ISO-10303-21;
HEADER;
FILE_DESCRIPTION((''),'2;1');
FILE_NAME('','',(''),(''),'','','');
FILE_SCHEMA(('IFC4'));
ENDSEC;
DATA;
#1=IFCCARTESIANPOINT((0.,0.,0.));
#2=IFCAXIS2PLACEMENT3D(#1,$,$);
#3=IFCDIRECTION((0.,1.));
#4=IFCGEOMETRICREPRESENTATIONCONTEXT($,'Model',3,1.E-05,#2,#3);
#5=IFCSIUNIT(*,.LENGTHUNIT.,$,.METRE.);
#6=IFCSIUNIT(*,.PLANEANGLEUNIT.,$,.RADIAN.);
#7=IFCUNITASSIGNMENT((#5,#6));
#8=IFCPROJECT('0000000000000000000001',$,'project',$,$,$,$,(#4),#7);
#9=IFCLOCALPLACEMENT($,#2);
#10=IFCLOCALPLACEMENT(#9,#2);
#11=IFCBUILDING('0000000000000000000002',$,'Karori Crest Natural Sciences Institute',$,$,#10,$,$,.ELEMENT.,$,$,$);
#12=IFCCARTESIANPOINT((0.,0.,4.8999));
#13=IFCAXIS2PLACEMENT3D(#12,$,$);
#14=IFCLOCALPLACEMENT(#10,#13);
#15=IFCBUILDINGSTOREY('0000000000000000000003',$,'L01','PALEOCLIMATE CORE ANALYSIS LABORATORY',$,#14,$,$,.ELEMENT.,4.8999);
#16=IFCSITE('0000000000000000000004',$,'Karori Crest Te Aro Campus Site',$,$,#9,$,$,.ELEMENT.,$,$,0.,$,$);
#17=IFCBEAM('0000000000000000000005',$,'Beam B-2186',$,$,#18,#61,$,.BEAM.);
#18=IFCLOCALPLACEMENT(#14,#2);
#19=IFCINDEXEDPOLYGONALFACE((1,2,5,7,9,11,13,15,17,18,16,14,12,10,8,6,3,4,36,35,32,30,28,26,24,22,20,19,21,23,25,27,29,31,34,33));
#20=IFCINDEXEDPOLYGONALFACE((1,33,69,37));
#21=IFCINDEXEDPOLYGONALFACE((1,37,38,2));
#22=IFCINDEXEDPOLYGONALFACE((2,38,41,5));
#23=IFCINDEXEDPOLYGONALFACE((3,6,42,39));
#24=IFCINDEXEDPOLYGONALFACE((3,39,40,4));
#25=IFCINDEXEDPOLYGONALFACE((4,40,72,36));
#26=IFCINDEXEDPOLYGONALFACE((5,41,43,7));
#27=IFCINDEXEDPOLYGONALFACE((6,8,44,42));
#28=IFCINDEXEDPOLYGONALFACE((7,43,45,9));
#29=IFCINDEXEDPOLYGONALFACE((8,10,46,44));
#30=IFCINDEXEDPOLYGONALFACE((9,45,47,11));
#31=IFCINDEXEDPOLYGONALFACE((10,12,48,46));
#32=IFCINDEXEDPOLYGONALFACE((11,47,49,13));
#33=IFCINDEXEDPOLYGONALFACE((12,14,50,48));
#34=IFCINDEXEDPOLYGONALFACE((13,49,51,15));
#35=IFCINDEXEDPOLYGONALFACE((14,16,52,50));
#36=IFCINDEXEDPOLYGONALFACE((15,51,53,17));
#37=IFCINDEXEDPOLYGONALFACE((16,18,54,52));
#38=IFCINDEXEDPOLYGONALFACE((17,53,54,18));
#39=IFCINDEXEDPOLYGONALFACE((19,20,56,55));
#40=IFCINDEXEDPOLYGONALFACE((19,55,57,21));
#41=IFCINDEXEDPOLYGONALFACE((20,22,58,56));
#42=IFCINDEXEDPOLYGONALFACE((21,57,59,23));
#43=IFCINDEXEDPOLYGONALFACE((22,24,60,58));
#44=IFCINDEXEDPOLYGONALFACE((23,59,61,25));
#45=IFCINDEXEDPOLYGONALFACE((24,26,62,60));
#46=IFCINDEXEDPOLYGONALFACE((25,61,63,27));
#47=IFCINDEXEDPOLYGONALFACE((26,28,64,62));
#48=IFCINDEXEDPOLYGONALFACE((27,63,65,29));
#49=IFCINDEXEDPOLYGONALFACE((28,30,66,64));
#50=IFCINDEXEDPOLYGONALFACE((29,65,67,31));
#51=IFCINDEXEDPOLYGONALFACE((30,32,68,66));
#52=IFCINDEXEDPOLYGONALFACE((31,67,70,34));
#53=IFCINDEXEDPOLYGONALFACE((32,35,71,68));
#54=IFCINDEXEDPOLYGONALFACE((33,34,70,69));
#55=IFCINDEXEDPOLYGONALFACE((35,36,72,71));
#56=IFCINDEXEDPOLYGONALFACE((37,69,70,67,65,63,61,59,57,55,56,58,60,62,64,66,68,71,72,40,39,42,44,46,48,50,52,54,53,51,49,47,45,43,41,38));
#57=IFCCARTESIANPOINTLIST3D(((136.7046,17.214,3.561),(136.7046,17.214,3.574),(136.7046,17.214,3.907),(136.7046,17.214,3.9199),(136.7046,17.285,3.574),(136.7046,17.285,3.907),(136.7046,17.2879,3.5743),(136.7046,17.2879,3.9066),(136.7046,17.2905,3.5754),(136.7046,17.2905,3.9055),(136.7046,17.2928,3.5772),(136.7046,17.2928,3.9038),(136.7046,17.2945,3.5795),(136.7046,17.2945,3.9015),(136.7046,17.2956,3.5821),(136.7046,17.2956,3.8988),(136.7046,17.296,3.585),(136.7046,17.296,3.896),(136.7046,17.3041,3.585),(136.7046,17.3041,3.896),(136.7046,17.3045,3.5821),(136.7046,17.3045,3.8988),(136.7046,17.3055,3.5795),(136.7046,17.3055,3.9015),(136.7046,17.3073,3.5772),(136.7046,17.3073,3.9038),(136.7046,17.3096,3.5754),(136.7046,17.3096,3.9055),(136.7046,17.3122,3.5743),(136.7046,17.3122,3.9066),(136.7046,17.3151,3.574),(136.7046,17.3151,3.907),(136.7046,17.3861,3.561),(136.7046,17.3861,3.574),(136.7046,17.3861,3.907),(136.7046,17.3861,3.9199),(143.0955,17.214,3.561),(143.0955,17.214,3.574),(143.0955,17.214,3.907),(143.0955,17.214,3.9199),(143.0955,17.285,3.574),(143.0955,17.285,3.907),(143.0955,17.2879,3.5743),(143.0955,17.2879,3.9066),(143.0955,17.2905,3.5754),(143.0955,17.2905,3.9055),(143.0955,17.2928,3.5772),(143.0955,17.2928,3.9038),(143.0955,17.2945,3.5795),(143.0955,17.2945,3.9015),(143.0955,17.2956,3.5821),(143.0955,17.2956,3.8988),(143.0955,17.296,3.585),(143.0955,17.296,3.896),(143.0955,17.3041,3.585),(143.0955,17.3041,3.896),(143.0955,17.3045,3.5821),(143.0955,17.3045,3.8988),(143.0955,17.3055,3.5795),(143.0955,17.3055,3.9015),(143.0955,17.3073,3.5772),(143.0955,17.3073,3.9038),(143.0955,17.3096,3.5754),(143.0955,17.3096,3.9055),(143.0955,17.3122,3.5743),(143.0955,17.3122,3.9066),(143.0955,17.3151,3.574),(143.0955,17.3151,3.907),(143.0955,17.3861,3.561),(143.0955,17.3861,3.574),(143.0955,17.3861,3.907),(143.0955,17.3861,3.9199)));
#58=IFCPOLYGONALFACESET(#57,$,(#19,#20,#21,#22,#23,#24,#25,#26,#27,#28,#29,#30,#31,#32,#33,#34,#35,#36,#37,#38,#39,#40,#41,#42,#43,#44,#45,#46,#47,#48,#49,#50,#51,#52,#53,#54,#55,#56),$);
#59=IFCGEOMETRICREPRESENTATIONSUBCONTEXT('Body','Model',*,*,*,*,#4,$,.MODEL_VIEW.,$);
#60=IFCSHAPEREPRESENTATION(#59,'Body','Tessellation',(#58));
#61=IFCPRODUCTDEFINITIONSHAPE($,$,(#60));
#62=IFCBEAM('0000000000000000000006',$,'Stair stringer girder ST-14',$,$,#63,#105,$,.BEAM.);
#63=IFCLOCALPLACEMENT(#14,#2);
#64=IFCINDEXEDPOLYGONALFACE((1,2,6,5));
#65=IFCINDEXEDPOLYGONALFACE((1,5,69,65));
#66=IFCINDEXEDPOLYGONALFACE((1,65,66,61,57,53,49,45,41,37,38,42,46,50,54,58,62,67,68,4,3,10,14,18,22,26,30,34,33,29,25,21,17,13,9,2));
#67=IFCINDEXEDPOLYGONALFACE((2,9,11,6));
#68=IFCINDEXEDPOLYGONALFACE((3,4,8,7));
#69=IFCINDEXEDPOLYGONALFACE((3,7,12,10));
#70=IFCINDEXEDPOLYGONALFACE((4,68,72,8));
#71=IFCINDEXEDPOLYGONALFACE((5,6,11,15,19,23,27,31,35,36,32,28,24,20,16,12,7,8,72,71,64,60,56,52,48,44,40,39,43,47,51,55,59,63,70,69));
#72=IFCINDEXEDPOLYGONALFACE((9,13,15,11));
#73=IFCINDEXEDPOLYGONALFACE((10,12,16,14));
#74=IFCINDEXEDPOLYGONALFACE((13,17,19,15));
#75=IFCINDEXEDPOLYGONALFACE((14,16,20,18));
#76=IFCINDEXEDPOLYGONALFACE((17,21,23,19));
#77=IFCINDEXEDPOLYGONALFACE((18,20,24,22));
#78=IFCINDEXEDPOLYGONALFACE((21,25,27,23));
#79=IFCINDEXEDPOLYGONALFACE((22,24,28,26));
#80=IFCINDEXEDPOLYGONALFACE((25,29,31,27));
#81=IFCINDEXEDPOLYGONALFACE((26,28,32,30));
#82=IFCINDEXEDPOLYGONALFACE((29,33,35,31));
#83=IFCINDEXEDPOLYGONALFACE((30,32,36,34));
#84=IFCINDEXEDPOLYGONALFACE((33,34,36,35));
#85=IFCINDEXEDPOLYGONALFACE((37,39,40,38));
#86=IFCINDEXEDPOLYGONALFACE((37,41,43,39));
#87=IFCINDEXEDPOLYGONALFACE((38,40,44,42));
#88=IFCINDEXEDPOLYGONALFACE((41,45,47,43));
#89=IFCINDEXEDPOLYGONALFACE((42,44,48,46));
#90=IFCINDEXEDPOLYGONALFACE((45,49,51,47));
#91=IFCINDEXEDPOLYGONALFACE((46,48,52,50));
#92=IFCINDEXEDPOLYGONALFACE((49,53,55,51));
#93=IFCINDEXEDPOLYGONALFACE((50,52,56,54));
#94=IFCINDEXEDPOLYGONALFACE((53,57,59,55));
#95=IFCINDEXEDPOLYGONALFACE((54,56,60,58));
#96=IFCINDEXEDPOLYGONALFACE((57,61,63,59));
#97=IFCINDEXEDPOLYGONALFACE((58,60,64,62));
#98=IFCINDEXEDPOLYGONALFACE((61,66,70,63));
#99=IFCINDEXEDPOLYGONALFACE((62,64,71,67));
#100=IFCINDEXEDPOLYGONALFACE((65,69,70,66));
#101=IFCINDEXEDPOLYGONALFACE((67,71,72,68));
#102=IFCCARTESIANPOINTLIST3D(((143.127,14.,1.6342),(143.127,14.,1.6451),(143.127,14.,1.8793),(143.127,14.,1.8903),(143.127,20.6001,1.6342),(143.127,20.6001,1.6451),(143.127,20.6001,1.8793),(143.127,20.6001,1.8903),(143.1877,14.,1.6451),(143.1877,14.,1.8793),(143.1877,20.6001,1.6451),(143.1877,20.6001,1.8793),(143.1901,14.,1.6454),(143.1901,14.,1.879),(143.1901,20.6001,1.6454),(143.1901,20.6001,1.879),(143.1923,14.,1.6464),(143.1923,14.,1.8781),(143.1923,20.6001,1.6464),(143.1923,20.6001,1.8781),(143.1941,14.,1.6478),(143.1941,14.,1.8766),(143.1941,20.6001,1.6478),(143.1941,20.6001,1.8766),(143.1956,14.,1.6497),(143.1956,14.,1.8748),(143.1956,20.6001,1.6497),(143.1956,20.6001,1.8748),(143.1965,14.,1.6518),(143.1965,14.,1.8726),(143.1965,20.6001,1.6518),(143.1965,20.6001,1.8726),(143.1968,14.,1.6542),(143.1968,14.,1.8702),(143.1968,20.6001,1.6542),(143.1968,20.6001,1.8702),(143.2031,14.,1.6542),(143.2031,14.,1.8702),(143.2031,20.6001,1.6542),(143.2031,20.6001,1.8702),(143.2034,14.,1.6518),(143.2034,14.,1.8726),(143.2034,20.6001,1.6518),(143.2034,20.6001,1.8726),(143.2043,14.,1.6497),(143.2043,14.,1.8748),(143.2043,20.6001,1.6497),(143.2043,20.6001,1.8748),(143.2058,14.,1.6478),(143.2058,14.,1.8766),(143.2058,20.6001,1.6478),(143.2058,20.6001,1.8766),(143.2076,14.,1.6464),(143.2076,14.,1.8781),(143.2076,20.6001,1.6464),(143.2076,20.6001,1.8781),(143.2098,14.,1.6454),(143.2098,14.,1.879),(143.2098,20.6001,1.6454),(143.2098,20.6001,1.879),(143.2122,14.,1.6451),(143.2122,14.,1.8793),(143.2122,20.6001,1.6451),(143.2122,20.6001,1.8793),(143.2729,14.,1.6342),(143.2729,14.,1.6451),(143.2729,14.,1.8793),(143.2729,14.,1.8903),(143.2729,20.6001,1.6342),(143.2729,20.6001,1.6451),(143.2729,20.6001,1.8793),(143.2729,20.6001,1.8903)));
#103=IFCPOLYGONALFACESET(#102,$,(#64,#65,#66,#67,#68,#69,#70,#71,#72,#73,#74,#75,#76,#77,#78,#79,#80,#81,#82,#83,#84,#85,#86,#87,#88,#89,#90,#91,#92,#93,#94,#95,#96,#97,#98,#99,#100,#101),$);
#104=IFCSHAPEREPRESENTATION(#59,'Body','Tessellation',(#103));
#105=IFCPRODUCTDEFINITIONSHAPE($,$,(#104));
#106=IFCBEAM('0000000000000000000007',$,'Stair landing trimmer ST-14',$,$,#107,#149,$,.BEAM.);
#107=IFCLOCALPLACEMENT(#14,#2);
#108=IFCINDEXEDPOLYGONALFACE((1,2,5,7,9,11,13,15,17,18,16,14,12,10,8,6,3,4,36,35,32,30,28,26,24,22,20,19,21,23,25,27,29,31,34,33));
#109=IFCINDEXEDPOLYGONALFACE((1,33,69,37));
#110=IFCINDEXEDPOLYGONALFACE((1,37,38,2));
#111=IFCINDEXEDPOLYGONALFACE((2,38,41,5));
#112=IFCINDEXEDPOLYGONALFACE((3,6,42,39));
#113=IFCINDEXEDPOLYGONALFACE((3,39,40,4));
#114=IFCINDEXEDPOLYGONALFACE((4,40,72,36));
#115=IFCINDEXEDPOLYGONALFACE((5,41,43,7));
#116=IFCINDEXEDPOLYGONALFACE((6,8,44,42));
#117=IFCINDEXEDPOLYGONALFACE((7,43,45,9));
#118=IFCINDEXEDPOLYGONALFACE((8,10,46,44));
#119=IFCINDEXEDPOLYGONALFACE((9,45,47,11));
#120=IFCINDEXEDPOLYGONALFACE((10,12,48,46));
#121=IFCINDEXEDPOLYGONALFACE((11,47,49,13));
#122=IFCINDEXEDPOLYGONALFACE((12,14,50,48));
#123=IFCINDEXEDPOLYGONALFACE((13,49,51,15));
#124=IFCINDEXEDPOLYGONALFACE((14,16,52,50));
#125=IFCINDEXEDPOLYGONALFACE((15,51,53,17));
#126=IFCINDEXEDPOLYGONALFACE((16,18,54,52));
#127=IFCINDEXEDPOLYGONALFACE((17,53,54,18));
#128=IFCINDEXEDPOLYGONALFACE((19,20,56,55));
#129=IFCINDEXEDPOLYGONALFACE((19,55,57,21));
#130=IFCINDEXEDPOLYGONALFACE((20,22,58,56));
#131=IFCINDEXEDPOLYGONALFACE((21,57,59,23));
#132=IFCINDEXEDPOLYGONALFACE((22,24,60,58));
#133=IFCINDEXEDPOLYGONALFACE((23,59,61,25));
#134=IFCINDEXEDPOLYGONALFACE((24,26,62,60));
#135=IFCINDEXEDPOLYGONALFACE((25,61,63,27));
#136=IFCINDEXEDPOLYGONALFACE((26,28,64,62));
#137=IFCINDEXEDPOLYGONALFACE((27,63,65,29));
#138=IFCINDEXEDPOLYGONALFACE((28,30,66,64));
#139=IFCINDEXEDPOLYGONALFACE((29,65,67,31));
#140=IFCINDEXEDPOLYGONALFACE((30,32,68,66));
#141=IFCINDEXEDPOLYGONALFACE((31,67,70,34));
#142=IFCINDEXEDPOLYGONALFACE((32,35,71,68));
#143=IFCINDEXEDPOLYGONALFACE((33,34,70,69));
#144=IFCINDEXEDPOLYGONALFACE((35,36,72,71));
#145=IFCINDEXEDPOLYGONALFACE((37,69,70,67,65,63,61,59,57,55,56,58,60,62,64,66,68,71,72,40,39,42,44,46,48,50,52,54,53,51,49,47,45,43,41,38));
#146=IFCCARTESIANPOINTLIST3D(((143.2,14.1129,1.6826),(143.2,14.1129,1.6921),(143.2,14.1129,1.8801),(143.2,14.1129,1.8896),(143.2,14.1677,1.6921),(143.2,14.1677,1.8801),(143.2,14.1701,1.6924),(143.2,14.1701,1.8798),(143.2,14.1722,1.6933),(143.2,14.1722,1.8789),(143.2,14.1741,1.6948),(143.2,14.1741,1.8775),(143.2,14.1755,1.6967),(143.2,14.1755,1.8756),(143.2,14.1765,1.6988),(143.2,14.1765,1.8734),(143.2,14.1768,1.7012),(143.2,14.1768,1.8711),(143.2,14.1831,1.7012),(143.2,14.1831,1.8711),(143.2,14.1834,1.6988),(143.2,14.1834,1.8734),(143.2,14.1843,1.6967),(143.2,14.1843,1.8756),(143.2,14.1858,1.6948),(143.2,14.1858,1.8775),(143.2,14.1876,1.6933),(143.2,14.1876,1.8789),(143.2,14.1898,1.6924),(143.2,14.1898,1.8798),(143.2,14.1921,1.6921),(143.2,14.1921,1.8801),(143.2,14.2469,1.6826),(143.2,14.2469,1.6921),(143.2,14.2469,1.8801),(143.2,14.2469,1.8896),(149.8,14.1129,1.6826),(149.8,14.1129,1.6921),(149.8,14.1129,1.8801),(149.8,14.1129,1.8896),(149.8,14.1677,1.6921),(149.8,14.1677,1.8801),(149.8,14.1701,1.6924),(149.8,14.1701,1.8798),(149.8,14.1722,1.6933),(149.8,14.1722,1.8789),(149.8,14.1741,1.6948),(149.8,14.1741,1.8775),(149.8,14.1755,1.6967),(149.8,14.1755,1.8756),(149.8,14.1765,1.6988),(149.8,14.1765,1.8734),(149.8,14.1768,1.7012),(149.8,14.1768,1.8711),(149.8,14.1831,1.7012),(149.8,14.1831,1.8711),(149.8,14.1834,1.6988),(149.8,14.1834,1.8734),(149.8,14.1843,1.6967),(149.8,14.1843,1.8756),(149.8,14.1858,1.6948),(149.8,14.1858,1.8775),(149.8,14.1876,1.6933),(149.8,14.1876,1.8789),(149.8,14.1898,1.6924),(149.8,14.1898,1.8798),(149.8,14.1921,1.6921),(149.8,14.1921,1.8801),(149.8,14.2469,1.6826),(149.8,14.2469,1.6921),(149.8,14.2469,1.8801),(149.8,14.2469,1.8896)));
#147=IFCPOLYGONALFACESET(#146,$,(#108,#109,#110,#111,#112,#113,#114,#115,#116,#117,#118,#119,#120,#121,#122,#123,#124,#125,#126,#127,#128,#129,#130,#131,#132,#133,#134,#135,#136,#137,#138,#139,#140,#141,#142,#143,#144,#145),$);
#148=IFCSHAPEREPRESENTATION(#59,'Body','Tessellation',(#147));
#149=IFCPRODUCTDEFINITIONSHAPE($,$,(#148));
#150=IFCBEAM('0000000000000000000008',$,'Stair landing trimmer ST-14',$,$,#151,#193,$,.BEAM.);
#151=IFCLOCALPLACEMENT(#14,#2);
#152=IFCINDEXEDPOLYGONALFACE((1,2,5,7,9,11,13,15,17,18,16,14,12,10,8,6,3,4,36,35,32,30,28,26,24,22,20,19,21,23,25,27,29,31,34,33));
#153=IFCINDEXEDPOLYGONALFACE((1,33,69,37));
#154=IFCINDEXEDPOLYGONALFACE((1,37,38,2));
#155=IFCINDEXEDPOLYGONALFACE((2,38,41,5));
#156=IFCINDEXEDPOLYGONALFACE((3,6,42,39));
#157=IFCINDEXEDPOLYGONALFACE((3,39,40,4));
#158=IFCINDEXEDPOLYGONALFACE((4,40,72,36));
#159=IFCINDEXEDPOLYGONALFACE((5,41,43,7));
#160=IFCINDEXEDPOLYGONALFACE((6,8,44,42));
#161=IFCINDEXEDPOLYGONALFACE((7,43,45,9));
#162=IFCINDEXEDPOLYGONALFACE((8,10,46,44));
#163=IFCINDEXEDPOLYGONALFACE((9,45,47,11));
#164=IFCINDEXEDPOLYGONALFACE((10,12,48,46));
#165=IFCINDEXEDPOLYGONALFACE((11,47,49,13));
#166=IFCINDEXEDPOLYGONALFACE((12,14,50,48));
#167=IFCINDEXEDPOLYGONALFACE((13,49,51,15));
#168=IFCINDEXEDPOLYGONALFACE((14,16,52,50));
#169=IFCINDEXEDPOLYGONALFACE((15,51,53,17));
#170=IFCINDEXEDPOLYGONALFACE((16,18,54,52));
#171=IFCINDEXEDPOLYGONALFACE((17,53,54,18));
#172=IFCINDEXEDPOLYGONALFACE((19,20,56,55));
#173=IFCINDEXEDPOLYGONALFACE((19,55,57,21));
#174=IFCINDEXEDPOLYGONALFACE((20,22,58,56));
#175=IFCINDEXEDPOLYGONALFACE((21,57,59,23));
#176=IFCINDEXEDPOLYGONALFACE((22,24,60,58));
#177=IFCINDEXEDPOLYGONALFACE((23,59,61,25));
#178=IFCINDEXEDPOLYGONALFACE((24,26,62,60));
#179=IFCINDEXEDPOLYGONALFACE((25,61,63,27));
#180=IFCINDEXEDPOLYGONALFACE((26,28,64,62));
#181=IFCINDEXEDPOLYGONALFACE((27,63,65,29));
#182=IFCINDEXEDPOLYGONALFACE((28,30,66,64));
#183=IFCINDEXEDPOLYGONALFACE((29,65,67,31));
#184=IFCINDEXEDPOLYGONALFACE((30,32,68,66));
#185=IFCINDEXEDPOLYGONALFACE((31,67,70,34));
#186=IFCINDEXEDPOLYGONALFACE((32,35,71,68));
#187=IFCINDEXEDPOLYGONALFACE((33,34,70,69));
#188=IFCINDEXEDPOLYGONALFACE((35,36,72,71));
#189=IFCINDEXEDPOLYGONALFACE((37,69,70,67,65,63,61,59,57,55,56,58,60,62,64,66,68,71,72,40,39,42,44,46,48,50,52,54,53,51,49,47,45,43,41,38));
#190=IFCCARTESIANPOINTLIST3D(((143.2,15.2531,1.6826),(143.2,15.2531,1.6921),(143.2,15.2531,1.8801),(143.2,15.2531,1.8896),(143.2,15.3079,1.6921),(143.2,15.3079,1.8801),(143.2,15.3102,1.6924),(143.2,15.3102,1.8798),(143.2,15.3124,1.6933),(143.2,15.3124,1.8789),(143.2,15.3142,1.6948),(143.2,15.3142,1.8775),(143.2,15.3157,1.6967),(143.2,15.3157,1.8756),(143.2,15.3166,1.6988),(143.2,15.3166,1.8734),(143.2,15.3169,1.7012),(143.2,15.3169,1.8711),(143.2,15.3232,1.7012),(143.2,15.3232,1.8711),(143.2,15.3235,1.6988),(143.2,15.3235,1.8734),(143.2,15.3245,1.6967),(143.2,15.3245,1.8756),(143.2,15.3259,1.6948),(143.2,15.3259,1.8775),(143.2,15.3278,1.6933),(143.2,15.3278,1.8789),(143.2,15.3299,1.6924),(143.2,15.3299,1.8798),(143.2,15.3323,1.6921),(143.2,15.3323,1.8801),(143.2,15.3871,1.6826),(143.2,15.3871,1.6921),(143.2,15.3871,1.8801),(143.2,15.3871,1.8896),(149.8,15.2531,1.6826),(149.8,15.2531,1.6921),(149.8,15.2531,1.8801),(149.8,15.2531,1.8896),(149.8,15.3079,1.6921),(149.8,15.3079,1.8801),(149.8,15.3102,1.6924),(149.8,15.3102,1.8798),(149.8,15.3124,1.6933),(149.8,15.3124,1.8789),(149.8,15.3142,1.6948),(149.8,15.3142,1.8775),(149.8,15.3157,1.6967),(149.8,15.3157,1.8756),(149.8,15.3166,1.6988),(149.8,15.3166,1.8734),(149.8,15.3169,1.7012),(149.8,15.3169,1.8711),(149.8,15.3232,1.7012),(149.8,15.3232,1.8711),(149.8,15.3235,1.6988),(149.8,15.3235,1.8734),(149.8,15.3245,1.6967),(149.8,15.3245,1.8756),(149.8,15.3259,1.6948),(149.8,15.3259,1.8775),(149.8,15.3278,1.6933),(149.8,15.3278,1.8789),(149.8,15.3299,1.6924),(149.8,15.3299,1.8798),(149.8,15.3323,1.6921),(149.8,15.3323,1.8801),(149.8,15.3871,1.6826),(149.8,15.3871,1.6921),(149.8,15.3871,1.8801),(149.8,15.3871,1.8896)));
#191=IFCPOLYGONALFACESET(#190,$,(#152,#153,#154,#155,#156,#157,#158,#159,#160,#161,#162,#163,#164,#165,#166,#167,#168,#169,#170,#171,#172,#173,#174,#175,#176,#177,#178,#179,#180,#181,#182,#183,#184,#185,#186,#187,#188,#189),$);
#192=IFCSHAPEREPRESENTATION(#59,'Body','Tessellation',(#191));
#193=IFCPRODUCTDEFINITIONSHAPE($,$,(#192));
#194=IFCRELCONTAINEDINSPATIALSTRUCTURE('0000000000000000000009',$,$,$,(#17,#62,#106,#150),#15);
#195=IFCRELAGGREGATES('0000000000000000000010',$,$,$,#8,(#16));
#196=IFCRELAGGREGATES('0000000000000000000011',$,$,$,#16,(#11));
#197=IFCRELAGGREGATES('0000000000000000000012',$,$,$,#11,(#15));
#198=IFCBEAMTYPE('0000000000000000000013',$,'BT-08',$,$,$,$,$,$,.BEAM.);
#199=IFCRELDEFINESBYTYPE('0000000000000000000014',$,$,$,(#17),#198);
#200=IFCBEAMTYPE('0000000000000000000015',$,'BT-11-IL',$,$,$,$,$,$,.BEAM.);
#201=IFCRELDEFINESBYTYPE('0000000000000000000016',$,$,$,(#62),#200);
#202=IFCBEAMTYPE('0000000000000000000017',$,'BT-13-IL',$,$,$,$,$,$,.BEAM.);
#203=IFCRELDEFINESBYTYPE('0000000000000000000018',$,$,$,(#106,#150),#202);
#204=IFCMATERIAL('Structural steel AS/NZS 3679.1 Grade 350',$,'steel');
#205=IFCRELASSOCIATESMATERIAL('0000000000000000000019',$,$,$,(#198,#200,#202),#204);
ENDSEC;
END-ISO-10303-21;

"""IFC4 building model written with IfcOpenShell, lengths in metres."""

from ifc_helpers import new_model, si_unit, direction, frame, origin, origin_2d, place, context, subcontext, project, spatial, i_section, extrude, material, material_profile, profile_set, type_object, element, save


model = new_model("IFC4")

# Units and contexts
model_context = context("Model", 3, precision=1e-05, world=origin(), true_north=direction((0.0, 1.0)))
body_context = subcontext(model_context, "Body", "Model", "MODEL_VIEW")
ifc_project = project(units=[si_unit("LENGTHUNIT", "METRE"), si_unit("PLANEANGLEUNIT", "RADIAN")], contexts=[model_context])

# Site, building, storey
site_placement = place(None, origin())
site = spatial("IfcSite", under=ifc_project, at=site_placement, Name="Karori Crest Te Aro Campus Site", CompositionType="ELEMENT", RefElevation=0.0)
building_placement = place(site_placement, origin())
building = spatial("IfcBuilding", under=site, at=building_placement, Name="Karori Crest Natural Sciences Institute", CompositionType="ELEMENT")
storey_placement = place(building_placement, frame((0.0, 0.0, 4.8999)))
storey = spatial("IfcBuildingStorey", under=building, at=storey_placement, Name="L01", Description="PALEOCLIMATE CORE ANALYSIS LABORATORY", CompositionType="ELEMENT", Elevation=4.8999)

# Shared definitions
ifc_material_1 = material(Name="Structural steel AS/NZS 3679.1 Grade 350", Category="steel")

# Beams
ifc_material_profile_1 = material_profile(ifc_material_1, i_section(OverallWidth=0.1721, OverallDepth=0.3589, WebThickness=0.0081, FlangeThickness=0.0129, FilletRadius=0.011, at=origin_2d()), Name="360UB56.7")
ifc_profile_set_1 = profile_set([ifc_material_profile_1], Name="Structural steel AS/NZS 3679.1 Grade 350")
beam_type_1 = type_object("IfcBeamType", Name="BT-08", PredefinedType="BEAM", material=ifc_profile_set_1)
beam_1_placement = place(storey_placement, frame((136.7046, 17.3, 3.7405), z_axis=(1.0, 0.0, 0.0), x_axis=(0.0, 1.0, 0.0)))
element("IfcBeam", 1, at=beam_1_placement, inside=storey, type_object=beam_type_1, Name="Beam B-2186", PredefinedType="BEAM", context=body_context, shape_type="SweptSolid", body=[
    extrude(i_section(OverallWidth=0.1721, OverallDepth=0.3589, WebThickness=0.0081, FlangeThickness=0.0129, FilletRadius=0.011, at=origin_2d()), origin(), (0.0, 0.0, 1.0), 6.3909),
])
ifc_material_profile_2 = material_profile(ifc_material_1, i_section(OverallWidth=0.146, OverallDepth=0.2561, WebThickness=0.0063, FlangeThickness=0.011, FilletRadius=0.009, at=origin_2d()), Name="250UB37.3")
ifc_profile_set_2 = profile_set([ifc_material_profile_2], Name="Structural steel AS/NZS 3679.1 Grade 350")
beam_type_2 = type_object("IfcBeamType", Name="BT-11-IL", PredefinedType="BEAM", material=ifc_profile_set_2)
beam_2_placement = place(storey_placement, frame((143.2, 14.0, 1.7622), z_axis=(0.0, 1.0, 0.0), x_axis=(-1.0, 0.0, 0.0)))
element("IfcBeam", 2, at=beam_2_placement, inside=storey, type_object=beam_type_2, Name="Stair stringer girder ST-14", PredefinedType="BEAM", context=body_context, shape_type="SweptSolid", body=[
    extrude(i_section(OverallWidth=0.146, OverallDepth=0.2561, WebThickness=0.0063, FlangeThickness=0.011, FilletRadius=0.009, at=origin_2d()), origin(), (0.0, 0.0, 1.0), 6.6001),
])
ifc_material_profile_3 = material_profile(ifc_material_1, i_section(OverallWidth=0.134, OverallDepth=0.207, WebThickness=0.0063, FlangeThickness=0.0095, FilletRadius=0.009, at=origin_2d()), Name="200UB29.8")
ifc_profile_set_3 = profile_set([ifc_material_profile_3], Name="Structural steel AS/NZS 3679.1 Grade 350")
beam_type_3 = type_object("IfcBeamType", Name="BT-13-IL", PredefinedType="BEAM", material=ifc_profile_set_3)
for number, where, z_axis, x_axis, name in (
    (3, (143.2, 14.1799, 1.7861), (1.0, 0.0, 0.0), (0.0, 1.0, 0.0), "Stair landing trimmer ST-14"),
    (4, (143.2, 15.3201, 1.7861), (1.0, 0.0, 0.0), (0.0, 1.0, 0.0), "Stair landing trimmer ST-14"),
):
    element("IfcBeam", number, at=place(storey_placement, frame(where, z_axis=z_axis, x_axis=x_axis)), inside=storey, type_object=beam_type_3, Name=name, PredefinedType="BEAM", context=body_context, shape_type="SweptSolid", body=[
        extrude(i_section(OverallWidth=0.134, OverallDepth=0.207, WebThickness=0.0063, FlangeThickness=0.0095, FilletRadius=0.009, at=origin_2d()), origin(), (0.0, 0.0, 1.0), 6.6001),
    ])

save(model, "model.ifc")
